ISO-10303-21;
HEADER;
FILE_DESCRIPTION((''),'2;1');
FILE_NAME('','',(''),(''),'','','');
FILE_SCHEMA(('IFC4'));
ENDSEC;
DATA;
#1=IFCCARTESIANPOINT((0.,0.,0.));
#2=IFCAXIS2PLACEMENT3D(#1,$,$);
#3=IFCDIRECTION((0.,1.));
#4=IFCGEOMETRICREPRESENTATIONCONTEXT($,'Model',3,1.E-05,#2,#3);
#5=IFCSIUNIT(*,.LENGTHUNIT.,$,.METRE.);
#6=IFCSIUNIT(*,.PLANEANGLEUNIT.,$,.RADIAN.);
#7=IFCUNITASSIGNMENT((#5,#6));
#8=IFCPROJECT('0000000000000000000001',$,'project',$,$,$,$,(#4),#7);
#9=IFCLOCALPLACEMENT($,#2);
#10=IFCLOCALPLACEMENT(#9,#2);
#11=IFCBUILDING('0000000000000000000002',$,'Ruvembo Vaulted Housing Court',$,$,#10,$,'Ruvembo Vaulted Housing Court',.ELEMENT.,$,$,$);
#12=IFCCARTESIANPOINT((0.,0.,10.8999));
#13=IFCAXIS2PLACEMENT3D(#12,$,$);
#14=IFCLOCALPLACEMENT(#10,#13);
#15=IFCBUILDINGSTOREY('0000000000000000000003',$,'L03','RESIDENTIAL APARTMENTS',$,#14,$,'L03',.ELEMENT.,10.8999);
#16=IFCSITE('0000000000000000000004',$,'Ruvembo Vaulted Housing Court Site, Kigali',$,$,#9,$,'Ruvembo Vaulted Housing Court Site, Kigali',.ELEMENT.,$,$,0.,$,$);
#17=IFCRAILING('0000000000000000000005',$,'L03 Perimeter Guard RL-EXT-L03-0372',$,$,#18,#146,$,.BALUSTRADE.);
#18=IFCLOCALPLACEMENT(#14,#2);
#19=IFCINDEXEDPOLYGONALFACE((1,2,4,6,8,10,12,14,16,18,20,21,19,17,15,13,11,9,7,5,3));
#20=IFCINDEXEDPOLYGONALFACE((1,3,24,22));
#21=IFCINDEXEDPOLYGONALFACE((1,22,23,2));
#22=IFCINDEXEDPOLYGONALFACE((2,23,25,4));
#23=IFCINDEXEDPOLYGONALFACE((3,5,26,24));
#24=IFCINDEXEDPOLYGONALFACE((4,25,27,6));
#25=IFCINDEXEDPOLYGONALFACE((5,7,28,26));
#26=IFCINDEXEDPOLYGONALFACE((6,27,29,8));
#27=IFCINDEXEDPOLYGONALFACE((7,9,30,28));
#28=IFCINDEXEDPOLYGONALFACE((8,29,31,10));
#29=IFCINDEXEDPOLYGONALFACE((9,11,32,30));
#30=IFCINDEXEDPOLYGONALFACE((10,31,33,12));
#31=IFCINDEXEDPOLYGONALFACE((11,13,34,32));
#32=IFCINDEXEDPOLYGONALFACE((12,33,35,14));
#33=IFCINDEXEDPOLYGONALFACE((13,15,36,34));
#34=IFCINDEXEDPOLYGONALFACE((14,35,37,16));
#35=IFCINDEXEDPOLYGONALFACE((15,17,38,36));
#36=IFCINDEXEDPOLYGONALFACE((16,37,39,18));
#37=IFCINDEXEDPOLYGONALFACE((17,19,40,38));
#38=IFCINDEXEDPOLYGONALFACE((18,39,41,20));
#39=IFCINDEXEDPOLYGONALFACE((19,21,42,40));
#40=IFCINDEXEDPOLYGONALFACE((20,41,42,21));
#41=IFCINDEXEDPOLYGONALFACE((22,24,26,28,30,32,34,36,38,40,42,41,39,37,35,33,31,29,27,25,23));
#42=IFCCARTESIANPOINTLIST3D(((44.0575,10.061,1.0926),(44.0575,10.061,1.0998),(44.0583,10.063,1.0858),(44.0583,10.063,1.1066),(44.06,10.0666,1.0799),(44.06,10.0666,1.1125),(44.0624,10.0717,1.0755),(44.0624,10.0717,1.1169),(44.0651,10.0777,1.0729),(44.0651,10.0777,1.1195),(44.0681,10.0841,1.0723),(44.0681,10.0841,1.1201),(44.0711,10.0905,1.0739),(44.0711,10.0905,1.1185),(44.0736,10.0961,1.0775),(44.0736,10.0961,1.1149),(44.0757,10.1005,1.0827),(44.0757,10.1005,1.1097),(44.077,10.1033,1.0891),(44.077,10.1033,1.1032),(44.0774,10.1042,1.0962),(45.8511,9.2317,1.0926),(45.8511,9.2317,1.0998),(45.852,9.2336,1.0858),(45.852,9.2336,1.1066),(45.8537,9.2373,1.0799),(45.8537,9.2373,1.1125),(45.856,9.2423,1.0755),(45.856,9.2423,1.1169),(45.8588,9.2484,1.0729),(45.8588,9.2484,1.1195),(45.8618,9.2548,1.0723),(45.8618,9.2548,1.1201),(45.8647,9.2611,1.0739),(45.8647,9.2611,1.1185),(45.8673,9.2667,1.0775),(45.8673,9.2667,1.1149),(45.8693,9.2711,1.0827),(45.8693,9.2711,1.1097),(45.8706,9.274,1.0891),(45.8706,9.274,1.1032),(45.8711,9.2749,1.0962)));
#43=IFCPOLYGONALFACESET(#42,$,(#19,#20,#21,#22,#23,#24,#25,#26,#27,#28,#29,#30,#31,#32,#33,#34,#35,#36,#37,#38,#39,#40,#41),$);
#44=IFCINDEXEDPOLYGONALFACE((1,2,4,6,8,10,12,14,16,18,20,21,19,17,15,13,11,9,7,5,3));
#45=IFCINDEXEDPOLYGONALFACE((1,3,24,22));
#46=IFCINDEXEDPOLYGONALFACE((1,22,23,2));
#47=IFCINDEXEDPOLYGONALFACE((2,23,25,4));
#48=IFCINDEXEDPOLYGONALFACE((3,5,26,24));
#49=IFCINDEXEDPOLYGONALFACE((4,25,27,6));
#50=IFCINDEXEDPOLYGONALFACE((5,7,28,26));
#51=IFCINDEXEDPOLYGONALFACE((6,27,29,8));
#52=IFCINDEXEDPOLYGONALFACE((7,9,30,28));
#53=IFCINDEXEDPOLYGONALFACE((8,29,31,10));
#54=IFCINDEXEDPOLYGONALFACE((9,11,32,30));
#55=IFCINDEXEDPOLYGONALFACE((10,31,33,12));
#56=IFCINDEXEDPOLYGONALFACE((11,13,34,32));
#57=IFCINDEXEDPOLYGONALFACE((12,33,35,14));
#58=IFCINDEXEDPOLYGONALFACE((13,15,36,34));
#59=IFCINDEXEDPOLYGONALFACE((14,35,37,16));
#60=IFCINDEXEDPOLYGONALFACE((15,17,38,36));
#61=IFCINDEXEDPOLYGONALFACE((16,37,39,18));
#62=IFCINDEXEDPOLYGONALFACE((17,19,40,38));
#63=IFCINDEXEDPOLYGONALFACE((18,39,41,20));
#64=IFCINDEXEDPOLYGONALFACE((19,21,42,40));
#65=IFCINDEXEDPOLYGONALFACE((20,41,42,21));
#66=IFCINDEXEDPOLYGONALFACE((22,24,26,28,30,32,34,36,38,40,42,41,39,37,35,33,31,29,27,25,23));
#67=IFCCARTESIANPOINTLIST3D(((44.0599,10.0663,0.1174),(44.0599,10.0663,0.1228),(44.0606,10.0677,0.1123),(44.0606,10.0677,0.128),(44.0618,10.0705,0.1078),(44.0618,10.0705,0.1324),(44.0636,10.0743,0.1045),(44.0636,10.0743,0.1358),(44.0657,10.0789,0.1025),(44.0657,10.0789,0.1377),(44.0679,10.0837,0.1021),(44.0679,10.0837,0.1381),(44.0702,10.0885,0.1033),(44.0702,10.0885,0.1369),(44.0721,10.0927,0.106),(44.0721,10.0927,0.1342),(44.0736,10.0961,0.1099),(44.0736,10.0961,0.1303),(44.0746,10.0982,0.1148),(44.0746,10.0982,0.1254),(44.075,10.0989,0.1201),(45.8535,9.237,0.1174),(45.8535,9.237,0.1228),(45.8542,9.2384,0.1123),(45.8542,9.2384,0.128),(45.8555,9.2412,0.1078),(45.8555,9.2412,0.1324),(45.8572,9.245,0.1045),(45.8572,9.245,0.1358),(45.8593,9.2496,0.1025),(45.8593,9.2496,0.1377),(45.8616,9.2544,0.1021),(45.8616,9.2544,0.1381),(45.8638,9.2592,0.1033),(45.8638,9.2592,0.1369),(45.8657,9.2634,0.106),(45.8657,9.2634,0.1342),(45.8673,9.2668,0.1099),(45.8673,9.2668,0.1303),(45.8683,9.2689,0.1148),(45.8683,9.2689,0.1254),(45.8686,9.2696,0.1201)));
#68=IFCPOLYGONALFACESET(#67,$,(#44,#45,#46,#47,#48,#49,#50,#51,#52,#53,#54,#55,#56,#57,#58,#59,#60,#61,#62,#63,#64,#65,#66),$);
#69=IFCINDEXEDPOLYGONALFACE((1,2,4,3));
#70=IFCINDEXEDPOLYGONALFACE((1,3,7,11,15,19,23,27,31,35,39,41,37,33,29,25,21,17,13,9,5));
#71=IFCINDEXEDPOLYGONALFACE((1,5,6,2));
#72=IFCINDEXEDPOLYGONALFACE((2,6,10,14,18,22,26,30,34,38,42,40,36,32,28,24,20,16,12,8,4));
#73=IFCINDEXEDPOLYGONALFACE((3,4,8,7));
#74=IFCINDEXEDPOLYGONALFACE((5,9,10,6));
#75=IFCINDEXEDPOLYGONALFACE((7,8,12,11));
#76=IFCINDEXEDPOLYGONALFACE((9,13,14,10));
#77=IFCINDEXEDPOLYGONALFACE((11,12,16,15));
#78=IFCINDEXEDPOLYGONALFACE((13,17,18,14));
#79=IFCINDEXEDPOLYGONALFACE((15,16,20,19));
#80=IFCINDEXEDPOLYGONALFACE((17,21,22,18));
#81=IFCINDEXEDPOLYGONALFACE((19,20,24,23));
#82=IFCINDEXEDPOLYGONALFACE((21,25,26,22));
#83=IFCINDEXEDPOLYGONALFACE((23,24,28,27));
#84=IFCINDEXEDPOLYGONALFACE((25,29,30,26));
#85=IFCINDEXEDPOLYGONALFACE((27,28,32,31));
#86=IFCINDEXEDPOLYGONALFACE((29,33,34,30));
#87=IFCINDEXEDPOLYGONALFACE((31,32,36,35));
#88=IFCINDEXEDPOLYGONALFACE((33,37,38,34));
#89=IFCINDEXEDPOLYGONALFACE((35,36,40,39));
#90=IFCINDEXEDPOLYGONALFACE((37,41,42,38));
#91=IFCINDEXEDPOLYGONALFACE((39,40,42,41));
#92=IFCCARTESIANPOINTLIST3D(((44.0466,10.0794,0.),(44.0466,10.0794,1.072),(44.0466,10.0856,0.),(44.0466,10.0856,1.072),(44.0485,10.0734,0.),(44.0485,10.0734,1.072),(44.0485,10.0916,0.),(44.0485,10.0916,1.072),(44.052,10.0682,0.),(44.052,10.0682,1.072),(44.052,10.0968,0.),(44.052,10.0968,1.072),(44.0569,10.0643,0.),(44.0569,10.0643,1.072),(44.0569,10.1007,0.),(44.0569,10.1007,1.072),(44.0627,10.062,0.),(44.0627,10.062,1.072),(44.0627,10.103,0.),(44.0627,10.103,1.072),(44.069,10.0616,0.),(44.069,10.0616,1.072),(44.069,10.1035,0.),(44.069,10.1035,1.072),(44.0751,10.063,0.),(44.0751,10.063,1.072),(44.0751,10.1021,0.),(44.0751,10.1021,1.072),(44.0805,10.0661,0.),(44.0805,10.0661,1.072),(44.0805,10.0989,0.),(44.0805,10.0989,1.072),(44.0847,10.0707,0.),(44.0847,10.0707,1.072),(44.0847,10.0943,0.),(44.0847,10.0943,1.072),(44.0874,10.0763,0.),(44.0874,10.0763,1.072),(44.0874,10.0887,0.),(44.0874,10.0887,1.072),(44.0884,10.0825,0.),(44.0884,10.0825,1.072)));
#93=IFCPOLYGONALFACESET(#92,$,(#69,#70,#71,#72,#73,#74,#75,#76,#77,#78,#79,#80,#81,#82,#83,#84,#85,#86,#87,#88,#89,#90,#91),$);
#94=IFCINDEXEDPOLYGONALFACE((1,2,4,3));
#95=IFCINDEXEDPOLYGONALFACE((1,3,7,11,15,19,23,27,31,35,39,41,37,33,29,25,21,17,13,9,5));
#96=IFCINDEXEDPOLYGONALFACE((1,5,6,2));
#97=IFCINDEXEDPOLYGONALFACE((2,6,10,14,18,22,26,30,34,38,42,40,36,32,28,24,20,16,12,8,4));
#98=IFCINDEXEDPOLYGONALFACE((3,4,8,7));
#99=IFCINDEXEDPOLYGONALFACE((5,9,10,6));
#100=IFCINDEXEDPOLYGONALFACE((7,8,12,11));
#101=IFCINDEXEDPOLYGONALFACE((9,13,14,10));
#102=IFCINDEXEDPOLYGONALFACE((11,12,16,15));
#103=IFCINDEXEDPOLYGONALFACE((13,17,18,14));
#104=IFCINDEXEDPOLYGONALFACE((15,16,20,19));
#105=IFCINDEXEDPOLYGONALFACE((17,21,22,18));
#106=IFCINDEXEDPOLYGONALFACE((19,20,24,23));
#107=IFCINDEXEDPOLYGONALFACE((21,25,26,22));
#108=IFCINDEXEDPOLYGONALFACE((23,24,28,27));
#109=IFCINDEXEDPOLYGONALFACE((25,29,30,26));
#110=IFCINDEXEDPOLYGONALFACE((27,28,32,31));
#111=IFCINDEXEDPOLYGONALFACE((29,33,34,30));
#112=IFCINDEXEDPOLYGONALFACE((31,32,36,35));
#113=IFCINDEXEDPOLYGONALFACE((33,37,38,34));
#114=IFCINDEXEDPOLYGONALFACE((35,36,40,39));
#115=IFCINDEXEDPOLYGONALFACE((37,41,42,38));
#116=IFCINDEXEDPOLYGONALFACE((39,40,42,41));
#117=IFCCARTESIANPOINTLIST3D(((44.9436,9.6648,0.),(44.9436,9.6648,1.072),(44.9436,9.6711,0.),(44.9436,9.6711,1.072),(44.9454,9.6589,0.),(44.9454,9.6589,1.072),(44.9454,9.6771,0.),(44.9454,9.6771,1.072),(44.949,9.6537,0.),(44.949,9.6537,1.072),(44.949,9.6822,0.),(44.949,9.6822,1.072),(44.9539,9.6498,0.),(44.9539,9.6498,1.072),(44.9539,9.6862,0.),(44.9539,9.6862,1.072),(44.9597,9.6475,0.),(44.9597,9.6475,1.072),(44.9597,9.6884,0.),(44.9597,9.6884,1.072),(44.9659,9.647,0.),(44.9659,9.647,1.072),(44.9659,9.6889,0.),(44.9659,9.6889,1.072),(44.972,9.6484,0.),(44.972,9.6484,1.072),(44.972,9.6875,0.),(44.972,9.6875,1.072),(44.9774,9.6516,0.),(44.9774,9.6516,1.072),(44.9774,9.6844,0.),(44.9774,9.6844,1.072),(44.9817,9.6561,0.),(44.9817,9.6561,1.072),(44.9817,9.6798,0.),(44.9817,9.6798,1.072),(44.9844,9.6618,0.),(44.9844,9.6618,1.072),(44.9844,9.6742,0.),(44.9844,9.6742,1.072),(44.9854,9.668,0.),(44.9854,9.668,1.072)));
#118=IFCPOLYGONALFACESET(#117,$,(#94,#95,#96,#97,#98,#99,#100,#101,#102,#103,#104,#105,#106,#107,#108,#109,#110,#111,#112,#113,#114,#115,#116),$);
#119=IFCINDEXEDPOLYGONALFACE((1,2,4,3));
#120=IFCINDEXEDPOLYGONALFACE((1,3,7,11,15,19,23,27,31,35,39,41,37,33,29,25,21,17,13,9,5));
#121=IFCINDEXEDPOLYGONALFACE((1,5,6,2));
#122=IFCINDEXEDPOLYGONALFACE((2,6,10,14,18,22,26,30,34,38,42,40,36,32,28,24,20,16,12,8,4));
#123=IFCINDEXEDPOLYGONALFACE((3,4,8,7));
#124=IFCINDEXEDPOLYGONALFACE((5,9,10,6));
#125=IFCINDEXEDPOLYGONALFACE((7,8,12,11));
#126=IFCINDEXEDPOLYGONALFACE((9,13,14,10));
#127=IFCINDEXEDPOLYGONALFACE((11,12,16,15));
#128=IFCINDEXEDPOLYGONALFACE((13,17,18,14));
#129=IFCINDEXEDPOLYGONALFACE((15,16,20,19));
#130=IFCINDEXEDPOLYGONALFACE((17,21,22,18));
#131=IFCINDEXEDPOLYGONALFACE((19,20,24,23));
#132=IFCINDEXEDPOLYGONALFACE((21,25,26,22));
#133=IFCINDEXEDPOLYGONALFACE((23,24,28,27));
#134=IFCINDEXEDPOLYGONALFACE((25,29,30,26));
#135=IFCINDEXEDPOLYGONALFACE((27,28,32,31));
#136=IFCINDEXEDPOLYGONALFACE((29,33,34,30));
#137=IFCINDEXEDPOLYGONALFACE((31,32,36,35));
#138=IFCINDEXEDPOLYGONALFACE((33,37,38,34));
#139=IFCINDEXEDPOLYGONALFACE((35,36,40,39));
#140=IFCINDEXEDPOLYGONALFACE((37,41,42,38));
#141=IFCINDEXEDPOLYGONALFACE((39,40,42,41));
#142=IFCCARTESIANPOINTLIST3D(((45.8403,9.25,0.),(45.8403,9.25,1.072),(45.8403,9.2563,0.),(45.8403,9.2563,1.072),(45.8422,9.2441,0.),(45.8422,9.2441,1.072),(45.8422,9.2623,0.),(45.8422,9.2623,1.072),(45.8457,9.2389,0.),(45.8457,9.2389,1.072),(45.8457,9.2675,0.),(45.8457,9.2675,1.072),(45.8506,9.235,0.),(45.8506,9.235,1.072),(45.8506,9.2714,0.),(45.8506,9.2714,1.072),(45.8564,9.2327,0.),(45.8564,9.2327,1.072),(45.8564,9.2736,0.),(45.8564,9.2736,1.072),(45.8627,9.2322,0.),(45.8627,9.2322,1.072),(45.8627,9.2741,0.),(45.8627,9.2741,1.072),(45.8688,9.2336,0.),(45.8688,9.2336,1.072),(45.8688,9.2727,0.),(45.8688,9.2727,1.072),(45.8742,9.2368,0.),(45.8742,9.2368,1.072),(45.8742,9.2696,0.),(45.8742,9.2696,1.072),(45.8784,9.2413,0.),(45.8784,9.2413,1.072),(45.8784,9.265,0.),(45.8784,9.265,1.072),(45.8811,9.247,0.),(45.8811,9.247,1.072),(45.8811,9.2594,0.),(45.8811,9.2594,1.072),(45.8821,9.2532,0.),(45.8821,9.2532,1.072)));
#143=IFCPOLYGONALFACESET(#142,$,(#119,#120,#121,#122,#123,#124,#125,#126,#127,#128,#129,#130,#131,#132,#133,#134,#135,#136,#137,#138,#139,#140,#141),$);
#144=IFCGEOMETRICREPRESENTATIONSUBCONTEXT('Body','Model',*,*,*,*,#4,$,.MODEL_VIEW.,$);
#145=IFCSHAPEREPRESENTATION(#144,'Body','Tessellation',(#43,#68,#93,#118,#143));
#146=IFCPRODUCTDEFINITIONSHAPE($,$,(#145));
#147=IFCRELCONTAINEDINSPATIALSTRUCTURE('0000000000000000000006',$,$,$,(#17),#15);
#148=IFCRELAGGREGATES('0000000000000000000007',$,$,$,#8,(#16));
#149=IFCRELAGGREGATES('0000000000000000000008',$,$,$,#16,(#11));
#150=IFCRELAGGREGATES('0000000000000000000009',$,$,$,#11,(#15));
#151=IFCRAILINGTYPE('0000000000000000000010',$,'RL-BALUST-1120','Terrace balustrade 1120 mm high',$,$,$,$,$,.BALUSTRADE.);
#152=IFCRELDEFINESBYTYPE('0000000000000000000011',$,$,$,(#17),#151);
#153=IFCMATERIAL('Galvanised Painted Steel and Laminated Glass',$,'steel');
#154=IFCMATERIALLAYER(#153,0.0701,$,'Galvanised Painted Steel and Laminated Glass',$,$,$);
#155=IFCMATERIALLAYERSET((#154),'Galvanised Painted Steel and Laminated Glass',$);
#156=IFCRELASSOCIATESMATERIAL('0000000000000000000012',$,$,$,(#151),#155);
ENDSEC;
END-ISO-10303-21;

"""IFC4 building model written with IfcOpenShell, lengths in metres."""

from ifc_helpers import new_model, si_unit, direction, frame, origin, origin_2d, place, context, subcontext, project, spatial, circle, extrude, material, layer, layer_set, type_object, element, save


model = new_model("IFC4")

# Units and contexts
model_context = context("Model", 3, precision=1e-05, world=origin(), true_north=direction((0.0, 1.0)))
body_context = subcontext(model_context, "Body", "Model", "MODEL_VIEW")
ifc_project = project(units=[si_unit("LENGTHUNIT", "METRE"), si_unit("PLANEANGLEUNIT", "RADIAN")], contexts=[model_context])

# Site, building, storey
site_placement = place(None, origin())
site = spatial("IfcSite", under=ifc_project, at=site_placement, Name="Ruvembo Vaulted Housing Court Site, Kigali", LongName="Ruvembo Vaulted Housing Court Site, Kigali", CompositionType="ELEMENT", RefElevation=0.0)
building_placement = place(site_placement, origin())
building = spatial("IfcBuilding", under=site, at=building_placement, Name="Ruvembo Vaulted Housing Court", LongName="Ruvembo Vaulted Housing Court", CompositionType="ELEMENT")
storey_placement = place(building_placement, frame((0.0, 0.0, 10.8999)))
storey = spatial("IfcBuildingStorey", under=building, at=storey_placement, Name="L03", Description="RESIDENTIAL APARTMENTS", LongName="L03", CompositionType="ELEMENT", Elevation=10.8999)

# Railing
ifc_material_1 = material(Name="Galvanised Painted Steel and Laminated Glass", Category="steel")
ifc_layer_1 = layer(ifc_material_1, 0.0701, Name="Galvanised Painted Steel and Laminated Glass")
ifc_layer_set_1 = layer_set([ifc_layer_1], Name="Galvanised Painted Steel and Laminated Glass")
railing_type = type_object("IfcRailingType", Name="RL-BALUST-1120", Description="Terrace balustrade 1120 mm high", PredefinedType="BALUSTRADE", material=ifc_layer_set_1)
railing_1_placement = place(storey_placement, frame((44.0674, 10.0825, 0.0)))
element("IfcRailing", 1, at=railing_1_placement, inside=storey, type_object=railing_type, Name="L03 Perimeter Guard RL-EXT-L03-0372", PredefinedType="BALUSTRADE", context=body_context, shape_type="SweptSolid", body=[
    extrude(circle(Radius=0.0239, at=origin_2d()), frame((0.0, 0.0, 1.0962), z_axis=(0.907674, -0.419677, 0.0), x_axis=(0.419677, 0.907674, 0.0)), (0.0, 0.0, 1.0), 1.9761),
    extrude(circle(Radius=0.0181, at=origin_2d()), frame((0.0, 0.0, 0.1201), z_axis=(0.907674, -0.419677, 0.0), x_axis=(0.419677, 0.907674, 0.0)), (0.0, 0.0, 1.0), 1.9761),
    extrude(circle(Radius=0.021, at=origin_2d()), origin(), (0.0, 0.0, 1.0), 1.072),
    extrude(circle(Radius=0.021, at=origin_2d()), frame((0.897, -0.4146, 0.0)), (0.0, 0.0, 1.0), 1.072),
    extrude(circle(Radius=0.021, at=origin_2d()), frame((1.7937, -0.8293, 0.0)), (0.0, 0.0, 1.0), 1.072),
])

save(model, "model.ifc")
